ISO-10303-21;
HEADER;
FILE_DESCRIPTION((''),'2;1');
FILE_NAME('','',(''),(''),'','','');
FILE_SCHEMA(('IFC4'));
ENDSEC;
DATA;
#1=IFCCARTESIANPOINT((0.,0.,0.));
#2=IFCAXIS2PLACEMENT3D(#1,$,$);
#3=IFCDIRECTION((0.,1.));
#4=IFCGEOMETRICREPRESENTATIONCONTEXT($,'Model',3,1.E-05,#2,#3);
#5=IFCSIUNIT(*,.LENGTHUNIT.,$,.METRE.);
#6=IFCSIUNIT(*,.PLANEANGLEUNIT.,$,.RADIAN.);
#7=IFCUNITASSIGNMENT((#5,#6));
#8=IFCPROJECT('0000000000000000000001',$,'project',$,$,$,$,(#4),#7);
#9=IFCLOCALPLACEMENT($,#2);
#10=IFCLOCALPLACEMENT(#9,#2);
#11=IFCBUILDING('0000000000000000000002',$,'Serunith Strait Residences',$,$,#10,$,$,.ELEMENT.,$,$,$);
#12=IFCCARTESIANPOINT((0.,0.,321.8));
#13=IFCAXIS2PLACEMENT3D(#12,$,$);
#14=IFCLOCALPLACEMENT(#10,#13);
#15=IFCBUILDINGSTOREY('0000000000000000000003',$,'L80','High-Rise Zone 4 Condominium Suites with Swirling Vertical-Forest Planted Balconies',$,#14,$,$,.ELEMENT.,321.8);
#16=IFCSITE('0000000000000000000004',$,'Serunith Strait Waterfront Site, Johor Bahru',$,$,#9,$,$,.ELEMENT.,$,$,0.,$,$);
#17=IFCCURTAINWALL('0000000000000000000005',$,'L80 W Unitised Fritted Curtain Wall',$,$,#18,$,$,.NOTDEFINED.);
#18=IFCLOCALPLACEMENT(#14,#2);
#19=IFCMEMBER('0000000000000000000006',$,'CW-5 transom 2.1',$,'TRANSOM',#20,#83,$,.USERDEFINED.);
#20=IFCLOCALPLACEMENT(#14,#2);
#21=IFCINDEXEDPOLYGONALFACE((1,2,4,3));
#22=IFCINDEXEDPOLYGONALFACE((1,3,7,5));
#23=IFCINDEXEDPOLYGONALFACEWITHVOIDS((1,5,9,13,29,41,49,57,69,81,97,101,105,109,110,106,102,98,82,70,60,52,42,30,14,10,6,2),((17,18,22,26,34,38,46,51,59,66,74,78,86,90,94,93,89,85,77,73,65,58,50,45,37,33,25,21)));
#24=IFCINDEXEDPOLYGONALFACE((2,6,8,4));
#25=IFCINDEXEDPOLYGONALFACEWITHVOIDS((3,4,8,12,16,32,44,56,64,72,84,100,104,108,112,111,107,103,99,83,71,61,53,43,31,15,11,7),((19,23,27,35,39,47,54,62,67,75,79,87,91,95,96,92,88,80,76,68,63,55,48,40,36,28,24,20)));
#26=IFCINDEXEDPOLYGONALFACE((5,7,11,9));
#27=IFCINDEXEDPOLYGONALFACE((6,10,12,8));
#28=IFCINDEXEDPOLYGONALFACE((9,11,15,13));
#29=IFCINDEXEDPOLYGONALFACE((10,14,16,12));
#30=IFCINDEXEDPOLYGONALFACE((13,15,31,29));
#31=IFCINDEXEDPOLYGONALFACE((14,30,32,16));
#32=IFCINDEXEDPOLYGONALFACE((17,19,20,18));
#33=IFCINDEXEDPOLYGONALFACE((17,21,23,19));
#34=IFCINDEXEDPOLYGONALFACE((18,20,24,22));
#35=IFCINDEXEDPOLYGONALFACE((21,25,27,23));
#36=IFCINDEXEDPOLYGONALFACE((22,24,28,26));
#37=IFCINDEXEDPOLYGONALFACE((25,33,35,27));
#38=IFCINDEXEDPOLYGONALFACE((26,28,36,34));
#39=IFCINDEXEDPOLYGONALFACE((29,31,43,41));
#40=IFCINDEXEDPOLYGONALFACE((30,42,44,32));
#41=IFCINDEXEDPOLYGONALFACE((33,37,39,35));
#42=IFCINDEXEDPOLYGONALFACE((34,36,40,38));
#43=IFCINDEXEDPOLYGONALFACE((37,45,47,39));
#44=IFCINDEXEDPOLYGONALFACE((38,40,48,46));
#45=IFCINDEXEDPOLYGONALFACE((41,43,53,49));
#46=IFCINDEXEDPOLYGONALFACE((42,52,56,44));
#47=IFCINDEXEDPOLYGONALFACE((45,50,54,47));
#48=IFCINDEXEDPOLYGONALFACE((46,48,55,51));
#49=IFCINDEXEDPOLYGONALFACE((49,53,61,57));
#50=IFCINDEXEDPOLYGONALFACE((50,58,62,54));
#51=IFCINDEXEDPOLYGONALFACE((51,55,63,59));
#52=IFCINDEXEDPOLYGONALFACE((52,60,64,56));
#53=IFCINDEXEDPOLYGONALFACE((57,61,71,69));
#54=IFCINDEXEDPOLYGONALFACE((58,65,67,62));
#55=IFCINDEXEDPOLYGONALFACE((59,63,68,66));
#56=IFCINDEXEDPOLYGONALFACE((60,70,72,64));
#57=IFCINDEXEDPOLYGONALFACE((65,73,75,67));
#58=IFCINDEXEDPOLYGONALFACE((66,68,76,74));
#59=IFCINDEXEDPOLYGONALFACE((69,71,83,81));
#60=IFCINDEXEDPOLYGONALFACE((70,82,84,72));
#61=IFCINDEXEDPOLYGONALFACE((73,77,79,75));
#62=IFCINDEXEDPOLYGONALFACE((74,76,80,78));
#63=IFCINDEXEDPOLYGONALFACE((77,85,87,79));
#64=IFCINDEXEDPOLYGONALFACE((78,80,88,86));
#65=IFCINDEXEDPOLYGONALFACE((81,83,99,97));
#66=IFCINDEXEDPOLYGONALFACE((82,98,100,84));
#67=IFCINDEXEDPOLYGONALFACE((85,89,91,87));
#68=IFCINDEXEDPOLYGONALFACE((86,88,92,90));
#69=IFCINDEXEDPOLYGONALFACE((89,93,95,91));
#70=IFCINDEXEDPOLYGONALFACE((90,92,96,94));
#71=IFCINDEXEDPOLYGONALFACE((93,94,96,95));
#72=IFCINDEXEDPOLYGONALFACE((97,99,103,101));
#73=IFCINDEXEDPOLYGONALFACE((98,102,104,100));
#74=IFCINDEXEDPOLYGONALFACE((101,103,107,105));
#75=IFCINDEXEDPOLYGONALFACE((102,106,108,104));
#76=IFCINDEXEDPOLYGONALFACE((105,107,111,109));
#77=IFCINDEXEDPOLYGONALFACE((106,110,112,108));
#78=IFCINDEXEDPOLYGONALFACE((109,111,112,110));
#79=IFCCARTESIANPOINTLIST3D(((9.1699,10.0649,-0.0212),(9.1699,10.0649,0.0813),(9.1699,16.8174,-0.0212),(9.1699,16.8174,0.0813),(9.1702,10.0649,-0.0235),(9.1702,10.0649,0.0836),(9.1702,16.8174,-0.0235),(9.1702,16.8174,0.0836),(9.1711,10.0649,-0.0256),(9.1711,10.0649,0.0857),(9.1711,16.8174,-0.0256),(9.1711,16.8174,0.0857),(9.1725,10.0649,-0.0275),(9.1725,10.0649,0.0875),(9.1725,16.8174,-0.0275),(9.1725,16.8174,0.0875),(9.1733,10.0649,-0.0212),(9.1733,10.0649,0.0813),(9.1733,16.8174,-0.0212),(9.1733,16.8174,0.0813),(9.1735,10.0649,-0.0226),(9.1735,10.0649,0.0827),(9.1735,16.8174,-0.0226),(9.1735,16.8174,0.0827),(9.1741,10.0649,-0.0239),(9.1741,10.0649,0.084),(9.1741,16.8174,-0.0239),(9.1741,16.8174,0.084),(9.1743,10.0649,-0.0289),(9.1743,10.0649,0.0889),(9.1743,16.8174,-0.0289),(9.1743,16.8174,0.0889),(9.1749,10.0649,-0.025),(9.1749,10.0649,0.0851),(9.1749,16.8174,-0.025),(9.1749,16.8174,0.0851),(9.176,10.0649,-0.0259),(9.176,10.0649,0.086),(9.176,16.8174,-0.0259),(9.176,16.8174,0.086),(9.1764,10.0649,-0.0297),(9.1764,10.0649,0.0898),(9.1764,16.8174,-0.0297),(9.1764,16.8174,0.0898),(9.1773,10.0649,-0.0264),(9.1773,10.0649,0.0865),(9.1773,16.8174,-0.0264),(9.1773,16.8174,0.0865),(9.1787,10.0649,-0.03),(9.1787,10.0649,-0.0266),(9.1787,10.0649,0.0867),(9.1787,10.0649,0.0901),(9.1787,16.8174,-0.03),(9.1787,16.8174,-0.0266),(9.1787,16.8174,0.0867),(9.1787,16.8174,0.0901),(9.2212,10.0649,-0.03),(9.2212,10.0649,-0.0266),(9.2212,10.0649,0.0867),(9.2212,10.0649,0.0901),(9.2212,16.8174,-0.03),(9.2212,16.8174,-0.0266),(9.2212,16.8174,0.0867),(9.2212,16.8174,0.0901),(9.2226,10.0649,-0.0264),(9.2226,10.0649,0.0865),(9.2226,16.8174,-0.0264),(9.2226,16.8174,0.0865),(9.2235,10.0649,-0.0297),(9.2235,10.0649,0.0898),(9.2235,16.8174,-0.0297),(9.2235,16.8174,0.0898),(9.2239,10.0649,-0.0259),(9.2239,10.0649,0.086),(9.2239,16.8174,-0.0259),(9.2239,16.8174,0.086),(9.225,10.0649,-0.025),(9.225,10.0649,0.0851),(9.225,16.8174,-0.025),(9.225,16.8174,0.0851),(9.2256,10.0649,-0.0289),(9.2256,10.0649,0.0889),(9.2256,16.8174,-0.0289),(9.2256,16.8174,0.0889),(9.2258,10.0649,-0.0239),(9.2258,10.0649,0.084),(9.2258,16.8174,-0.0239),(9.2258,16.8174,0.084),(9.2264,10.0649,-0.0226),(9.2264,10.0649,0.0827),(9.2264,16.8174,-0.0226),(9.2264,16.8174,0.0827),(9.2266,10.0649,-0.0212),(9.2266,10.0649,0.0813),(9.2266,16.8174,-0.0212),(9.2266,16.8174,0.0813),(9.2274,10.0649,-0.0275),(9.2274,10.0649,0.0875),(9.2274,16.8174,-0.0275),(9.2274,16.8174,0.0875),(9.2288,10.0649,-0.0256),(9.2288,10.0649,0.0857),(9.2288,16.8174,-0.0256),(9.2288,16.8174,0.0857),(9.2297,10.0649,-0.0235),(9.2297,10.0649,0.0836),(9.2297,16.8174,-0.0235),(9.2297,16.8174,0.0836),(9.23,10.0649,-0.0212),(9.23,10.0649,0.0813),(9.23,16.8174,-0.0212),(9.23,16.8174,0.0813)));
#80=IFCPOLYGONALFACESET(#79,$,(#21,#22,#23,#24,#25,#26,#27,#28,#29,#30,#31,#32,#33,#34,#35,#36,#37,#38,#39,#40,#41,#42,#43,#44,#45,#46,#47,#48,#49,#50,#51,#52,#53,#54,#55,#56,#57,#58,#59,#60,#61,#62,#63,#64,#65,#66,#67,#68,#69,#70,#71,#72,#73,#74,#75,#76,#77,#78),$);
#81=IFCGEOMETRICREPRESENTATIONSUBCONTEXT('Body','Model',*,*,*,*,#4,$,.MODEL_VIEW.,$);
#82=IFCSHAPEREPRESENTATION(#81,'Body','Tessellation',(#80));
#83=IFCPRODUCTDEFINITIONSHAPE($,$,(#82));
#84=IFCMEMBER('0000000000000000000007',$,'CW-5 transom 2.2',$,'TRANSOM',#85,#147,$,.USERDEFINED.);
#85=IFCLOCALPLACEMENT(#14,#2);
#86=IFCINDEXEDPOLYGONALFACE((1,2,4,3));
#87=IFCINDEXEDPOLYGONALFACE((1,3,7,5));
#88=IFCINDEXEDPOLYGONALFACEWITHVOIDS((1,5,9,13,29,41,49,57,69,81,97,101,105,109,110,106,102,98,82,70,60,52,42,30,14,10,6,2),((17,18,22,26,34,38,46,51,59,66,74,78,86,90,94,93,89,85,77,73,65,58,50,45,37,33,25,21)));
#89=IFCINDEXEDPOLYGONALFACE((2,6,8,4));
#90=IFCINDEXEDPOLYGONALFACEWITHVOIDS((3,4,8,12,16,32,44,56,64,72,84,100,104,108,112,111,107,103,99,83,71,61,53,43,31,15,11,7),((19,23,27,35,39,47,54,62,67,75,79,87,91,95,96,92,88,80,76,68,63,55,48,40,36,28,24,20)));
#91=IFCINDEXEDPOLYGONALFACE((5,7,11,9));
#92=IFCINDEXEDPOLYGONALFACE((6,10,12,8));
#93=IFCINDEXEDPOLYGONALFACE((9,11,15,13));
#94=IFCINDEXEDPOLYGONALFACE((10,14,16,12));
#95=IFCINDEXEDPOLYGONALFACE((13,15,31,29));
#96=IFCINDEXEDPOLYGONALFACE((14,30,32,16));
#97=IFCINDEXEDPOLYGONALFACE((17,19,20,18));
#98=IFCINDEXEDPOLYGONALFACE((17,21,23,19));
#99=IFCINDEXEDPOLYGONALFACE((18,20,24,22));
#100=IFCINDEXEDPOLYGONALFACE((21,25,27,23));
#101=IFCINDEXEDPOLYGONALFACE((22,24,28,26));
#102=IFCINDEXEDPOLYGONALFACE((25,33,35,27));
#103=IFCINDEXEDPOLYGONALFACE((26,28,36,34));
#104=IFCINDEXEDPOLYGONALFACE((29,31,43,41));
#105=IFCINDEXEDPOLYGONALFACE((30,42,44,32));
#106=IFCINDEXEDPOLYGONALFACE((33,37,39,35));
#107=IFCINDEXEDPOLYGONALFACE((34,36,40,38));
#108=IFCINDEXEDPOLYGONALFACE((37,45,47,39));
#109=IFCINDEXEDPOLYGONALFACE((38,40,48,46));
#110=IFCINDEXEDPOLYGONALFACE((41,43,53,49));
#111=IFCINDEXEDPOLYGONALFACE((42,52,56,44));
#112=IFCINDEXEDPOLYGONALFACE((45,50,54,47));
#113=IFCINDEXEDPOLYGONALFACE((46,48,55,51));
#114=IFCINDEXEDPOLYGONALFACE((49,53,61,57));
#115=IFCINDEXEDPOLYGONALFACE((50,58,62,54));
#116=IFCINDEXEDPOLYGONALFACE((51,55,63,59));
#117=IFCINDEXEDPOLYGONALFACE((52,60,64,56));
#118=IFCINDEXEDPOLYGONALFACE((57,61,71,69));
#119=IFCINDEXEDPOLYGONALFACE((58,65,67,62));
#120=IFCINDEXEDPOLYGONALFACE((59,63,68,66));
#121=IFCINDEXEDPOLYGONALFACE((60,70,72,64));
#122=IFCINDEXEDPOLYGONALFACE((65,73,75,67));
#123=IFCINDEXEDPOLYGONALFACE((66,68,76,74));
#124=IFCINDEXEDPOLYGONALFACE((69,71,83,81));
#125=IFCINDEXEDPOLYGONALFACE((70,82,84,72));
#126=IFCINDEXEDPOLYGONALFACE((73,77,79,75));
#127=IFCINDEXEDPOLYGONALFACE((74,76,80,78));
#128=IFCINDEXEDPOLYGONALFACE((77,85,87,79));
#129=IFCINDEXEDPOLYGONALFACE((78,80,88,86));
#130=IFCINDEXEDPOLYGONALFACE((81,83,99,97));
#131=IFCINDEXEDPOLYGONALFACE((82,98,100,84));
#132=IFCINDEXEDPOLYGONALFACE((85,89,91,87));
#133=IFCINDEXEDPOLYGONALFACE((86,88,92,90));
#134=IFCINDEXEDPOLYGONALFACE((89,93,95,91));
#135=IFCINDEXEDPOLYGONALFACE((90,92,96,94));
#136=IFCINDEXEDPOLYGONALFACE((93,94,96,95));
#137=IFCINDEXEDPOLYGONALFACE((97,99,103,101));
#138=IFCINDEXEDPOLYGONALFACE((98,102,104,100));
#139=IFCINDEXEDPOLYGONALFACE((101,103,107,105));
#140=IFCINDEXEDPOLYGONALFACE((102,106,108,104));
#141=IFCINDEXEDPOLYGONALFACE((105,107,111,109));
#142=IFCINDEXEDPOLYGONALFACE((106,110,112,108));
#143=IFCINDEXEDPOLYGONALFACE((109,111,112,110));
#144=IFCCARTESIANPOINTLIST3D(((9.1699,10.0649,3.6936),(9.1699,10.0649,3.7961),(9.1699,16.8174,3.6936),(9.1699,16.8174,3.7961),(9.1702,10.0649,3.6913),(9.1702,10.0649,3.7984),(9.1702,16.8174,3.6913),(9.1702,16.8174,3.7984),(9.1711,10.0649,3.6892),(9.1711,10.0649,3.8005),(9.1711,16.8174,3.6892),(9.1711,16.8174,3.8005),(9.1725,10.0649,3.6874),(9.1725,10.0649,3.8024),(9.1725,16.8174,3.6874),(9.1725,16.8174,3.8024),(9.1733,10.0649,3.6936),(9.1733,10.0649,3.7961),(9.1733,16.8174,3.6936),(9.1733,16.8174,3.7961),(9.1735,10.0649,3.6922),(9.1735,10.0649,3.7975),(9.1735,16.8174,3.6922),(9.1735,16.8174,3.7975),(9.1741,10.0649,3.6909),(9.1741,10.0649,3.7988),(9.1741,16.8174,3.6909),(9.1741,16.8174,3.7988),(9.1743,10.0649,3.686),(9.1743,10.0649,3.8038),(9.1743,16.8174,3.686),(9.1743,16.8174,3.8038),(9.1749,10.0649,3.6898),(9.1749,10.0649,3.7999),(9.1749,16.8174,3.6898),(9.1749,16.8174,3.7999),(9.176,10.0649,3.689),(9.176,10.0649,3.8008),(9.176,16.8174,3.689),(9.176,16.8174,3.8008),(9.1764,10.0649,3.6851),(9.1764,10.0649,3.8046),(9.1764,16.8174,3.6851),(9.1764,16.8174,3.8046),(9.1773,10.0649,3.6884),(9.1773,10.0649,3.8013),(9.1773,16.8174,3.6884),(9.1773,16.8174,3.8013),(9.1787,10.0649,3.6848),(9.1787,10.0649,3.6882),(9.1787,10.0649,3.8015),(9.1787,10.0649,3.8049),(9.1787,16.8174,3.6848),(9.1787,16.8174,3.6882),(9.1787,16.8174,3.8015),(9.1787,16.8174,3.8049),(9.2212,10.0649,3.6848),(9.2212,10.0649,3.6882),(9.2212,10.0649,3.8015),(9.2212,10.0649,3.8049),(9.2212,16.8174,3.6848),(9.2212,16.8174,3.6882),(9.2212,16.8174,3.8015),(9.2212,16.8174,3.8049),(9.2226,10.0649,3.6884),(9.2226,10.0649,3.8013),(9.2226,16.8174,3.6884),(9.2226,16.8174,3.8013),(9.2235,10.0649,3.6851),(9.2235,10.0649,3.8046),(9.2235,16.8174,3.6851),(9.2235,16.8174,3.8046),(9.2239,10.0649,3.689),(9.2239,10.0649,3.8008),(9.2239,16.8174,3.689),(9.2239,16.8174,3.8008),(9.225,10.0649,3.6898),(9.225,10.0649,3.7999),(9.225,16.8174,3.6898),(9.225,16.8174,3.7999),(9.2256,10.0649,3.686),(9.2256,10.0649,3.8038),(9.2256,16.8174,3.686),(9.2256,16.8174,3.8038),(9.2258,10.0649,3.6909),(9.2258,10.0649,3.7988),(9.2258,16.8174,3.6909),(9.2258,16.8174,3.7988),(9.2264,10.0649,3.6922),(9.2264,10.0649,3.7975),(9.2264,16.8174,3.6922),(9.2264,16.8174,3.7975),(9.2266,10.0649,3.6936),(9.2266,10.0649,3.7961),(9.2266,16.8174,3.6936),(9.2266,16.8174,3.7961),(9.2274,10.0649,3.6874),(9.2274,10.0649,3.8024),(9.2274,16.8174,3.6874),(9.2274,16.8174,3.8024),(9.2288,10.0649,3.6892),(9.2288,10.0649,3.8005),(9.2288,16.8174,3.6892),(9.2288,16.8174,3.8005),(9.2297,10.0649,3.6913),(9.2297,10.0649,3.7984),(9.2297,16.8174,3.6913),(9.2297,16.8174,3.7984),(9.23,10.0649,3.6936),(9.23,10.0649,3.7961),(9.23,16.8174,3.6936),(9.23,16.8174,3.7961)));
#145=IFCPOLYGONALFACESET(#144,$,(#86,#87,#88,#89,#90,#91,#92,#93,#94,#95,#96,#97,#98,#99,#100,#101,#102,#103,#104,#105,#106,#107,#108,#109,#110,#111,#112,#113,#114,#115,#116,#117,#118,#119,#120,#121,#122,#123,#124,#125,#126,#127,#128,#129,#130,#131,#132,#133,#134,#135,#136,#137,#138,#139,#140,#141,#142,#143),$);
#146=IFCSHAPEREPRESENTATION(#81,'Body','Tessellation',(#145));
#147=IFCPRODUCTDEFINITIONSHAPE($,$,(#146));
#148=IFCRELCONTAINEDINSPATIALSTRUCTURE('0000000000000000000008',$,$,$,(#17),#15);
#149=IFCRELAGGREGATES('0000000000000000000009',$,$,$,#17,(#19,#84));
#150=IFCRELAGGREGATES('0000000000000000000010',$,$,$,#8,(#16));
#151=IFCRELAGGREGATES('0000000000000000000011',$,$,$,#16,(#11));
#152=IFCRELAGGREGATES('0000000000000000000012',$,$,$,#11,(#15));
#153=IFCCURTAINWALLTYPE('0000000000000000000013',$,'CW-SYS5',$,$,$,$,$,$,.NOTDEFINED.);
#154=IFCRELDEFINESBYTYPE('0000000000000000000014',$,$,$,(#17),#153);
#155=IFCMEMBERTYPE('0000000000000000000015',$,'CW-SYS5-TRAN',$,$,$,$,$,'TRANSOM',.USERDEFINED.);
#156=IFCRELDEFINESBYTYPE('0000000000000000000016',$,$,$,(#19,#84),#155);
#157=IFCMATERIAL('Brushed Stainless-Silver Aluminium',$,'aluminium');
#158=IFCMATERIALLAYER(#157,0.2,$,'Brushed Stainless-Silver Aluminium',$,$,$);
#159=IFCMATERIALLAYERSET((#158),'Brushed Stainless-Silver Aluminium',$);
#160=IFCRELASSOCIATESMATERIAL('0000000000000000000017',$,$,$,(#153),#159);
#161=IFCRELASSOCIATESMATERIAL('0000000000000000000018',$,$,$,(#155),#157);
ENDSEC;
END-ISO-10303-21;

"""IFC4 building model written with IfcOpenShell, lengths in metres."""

from ifc_helpers import new_model, si_unit, direction, frame, origin, origin_2d, place, context, subcontext, project, spatial, hollow_rectangle, extrude, source, transform, mapped, material, layer, layer_set, material_profile, profile_set, type_object, element, aggregate, save


model = new_model("IFC4")

# Units and contexts
model_context = context("Model", 3, precision=1e-05, world=origin(), true_north=direction((0.0, 1.0)))
body_context = subcontext(model_context, "Body", "Model", "MODEL_VIEW")
ifc_project = project(units=[si_unit("LENGTHUNIT", "METRE"), si_unit("PLANEANGLEUNIT", "RADIAN")], contexts=[model_context])

# Site, building, storey
site_placement = place(None, origin())
site = spatial("IfcSite", under=ifc_project, at=site_placement, Name="Serunith Strait Waterfront Site, Johor Bahru", CompositionType="ELEMENT", RefElevation=0.0)
building_placement = place(site_placement, origin())
building = spatial("IfcBuilding", under=site, at=building_placement, Name="Serunith Strait Residences", CompositionType="ELEMENT")
storey_placement = place(building_placement, frame((0.0, 0.0, 321.8)))
storey = spatial("IfcBuildingStorey", under=building, at=storey_placement, Name="L80", Description="High-Rise Zone 4 Condominium Suites with Swirling Vertical-Forest Planted Balconies", CompositionType="ELEMENT", Elevation=321.8)

# Curtain wall, members
ifc_material_1 = material(Name="Brushed Stainless-Silver Aluminium", Category="aluminium")
ifc_layer_1 = layer(ifc_material_1, 0.2, Name="Brushed Stainless-Silver Aluminium")
ifc_layer_set_1 = layer_set([ifc_layer_1], Name="Brushed Stainless-Silver Aluminium")
curtain_wall_type = type_object("IfcCurtainWallType", Name="CW-SYS5", PredefinedType="NOTDEFINED", material=ifc_layer_set_1)
curtain_wall_placement = place(storey_placement, origin())
curtain_wall = element("IfcCurtainWall", 1, at=curtain_wall_placement, inside=storey, type_object=curtain_wall_type, Name="L80 W Unitised Fritted Curtain Wall", PredefinedType="NOTDEFINED")
ifc_material_profile_1 = material_profile(ifc_material_1, hollow_rectangle(XDim=0.0601, YDim=0.1201, WallThickness=0.0034, InnerFilletRadius=0.0054, OuterFilletRadius=0.0088, at=origin_2d()), Name="ALU 120x60x3.5")
ifc_profile_set_1 = profile_set([ifc_material_profile_1], Name="Brushed Stainless-Silver Aluminium")
member_type_1 = type_object("IfcMemberType", Name="CW-SYS5-TRAN", ElementType="TRANSOM", PredefinedType="USERDEFINED", material=ifc_profile_set_1)
shared_shape_1 = source(origin(), body_context, "Body", "SweptSolid", [
    extrude(hollow_rectangle(XDim=0.0601, YDim=0.1201, WallThickness=0.0034, InnerFilletRadius=0.0054, OuterFilletRadius=0.0088, at=origin_2d()), origin(), (0.0, 0.0, 1.0), 6.7524),
])
member_1_placement = place(storey_placement, frame((9.2, 16.8174, 0.03), z_axis=(0.0, -1.0, 0.0), x_axis=(1.0, 0.0, 0.0)))
member_1 = element("IfcMember", 2, at=member_1_placement, type_object=member_type_1, Name="CW-5 transom 2.1", ObjectType="TRANSOM", PredefinedType="USERDEFINED", context=body_context, shape_type="MappedRepresentation", body=[
    mapped(shared_shape_1, transform((0.0, 0.0, 0.0), scale=1.0)),
])
member_2_placement = place(storey_placement, frame((9.2, 16.8174, 3.7449), z_axis=(0.0, -1.0, 0.0), x_axis=(1.0, 0.0, 0.0)))
member_2 = element("IfcMember", 3, at=member_2_placement, type_object=member_type_1, Name="CW-5 transom 2.2", ObjectType="TRANSOM", PredefinedType="USERDEFINED", context=body_context, shape_type="MappedRepresentation", body=[
    mapped(shared_shape_1, transform((0.0, 0.0, 0.0), scale=1.0)),
])
aggregate(curtain_wall, [member_1, member_2])

save(model, "model.ifc")
